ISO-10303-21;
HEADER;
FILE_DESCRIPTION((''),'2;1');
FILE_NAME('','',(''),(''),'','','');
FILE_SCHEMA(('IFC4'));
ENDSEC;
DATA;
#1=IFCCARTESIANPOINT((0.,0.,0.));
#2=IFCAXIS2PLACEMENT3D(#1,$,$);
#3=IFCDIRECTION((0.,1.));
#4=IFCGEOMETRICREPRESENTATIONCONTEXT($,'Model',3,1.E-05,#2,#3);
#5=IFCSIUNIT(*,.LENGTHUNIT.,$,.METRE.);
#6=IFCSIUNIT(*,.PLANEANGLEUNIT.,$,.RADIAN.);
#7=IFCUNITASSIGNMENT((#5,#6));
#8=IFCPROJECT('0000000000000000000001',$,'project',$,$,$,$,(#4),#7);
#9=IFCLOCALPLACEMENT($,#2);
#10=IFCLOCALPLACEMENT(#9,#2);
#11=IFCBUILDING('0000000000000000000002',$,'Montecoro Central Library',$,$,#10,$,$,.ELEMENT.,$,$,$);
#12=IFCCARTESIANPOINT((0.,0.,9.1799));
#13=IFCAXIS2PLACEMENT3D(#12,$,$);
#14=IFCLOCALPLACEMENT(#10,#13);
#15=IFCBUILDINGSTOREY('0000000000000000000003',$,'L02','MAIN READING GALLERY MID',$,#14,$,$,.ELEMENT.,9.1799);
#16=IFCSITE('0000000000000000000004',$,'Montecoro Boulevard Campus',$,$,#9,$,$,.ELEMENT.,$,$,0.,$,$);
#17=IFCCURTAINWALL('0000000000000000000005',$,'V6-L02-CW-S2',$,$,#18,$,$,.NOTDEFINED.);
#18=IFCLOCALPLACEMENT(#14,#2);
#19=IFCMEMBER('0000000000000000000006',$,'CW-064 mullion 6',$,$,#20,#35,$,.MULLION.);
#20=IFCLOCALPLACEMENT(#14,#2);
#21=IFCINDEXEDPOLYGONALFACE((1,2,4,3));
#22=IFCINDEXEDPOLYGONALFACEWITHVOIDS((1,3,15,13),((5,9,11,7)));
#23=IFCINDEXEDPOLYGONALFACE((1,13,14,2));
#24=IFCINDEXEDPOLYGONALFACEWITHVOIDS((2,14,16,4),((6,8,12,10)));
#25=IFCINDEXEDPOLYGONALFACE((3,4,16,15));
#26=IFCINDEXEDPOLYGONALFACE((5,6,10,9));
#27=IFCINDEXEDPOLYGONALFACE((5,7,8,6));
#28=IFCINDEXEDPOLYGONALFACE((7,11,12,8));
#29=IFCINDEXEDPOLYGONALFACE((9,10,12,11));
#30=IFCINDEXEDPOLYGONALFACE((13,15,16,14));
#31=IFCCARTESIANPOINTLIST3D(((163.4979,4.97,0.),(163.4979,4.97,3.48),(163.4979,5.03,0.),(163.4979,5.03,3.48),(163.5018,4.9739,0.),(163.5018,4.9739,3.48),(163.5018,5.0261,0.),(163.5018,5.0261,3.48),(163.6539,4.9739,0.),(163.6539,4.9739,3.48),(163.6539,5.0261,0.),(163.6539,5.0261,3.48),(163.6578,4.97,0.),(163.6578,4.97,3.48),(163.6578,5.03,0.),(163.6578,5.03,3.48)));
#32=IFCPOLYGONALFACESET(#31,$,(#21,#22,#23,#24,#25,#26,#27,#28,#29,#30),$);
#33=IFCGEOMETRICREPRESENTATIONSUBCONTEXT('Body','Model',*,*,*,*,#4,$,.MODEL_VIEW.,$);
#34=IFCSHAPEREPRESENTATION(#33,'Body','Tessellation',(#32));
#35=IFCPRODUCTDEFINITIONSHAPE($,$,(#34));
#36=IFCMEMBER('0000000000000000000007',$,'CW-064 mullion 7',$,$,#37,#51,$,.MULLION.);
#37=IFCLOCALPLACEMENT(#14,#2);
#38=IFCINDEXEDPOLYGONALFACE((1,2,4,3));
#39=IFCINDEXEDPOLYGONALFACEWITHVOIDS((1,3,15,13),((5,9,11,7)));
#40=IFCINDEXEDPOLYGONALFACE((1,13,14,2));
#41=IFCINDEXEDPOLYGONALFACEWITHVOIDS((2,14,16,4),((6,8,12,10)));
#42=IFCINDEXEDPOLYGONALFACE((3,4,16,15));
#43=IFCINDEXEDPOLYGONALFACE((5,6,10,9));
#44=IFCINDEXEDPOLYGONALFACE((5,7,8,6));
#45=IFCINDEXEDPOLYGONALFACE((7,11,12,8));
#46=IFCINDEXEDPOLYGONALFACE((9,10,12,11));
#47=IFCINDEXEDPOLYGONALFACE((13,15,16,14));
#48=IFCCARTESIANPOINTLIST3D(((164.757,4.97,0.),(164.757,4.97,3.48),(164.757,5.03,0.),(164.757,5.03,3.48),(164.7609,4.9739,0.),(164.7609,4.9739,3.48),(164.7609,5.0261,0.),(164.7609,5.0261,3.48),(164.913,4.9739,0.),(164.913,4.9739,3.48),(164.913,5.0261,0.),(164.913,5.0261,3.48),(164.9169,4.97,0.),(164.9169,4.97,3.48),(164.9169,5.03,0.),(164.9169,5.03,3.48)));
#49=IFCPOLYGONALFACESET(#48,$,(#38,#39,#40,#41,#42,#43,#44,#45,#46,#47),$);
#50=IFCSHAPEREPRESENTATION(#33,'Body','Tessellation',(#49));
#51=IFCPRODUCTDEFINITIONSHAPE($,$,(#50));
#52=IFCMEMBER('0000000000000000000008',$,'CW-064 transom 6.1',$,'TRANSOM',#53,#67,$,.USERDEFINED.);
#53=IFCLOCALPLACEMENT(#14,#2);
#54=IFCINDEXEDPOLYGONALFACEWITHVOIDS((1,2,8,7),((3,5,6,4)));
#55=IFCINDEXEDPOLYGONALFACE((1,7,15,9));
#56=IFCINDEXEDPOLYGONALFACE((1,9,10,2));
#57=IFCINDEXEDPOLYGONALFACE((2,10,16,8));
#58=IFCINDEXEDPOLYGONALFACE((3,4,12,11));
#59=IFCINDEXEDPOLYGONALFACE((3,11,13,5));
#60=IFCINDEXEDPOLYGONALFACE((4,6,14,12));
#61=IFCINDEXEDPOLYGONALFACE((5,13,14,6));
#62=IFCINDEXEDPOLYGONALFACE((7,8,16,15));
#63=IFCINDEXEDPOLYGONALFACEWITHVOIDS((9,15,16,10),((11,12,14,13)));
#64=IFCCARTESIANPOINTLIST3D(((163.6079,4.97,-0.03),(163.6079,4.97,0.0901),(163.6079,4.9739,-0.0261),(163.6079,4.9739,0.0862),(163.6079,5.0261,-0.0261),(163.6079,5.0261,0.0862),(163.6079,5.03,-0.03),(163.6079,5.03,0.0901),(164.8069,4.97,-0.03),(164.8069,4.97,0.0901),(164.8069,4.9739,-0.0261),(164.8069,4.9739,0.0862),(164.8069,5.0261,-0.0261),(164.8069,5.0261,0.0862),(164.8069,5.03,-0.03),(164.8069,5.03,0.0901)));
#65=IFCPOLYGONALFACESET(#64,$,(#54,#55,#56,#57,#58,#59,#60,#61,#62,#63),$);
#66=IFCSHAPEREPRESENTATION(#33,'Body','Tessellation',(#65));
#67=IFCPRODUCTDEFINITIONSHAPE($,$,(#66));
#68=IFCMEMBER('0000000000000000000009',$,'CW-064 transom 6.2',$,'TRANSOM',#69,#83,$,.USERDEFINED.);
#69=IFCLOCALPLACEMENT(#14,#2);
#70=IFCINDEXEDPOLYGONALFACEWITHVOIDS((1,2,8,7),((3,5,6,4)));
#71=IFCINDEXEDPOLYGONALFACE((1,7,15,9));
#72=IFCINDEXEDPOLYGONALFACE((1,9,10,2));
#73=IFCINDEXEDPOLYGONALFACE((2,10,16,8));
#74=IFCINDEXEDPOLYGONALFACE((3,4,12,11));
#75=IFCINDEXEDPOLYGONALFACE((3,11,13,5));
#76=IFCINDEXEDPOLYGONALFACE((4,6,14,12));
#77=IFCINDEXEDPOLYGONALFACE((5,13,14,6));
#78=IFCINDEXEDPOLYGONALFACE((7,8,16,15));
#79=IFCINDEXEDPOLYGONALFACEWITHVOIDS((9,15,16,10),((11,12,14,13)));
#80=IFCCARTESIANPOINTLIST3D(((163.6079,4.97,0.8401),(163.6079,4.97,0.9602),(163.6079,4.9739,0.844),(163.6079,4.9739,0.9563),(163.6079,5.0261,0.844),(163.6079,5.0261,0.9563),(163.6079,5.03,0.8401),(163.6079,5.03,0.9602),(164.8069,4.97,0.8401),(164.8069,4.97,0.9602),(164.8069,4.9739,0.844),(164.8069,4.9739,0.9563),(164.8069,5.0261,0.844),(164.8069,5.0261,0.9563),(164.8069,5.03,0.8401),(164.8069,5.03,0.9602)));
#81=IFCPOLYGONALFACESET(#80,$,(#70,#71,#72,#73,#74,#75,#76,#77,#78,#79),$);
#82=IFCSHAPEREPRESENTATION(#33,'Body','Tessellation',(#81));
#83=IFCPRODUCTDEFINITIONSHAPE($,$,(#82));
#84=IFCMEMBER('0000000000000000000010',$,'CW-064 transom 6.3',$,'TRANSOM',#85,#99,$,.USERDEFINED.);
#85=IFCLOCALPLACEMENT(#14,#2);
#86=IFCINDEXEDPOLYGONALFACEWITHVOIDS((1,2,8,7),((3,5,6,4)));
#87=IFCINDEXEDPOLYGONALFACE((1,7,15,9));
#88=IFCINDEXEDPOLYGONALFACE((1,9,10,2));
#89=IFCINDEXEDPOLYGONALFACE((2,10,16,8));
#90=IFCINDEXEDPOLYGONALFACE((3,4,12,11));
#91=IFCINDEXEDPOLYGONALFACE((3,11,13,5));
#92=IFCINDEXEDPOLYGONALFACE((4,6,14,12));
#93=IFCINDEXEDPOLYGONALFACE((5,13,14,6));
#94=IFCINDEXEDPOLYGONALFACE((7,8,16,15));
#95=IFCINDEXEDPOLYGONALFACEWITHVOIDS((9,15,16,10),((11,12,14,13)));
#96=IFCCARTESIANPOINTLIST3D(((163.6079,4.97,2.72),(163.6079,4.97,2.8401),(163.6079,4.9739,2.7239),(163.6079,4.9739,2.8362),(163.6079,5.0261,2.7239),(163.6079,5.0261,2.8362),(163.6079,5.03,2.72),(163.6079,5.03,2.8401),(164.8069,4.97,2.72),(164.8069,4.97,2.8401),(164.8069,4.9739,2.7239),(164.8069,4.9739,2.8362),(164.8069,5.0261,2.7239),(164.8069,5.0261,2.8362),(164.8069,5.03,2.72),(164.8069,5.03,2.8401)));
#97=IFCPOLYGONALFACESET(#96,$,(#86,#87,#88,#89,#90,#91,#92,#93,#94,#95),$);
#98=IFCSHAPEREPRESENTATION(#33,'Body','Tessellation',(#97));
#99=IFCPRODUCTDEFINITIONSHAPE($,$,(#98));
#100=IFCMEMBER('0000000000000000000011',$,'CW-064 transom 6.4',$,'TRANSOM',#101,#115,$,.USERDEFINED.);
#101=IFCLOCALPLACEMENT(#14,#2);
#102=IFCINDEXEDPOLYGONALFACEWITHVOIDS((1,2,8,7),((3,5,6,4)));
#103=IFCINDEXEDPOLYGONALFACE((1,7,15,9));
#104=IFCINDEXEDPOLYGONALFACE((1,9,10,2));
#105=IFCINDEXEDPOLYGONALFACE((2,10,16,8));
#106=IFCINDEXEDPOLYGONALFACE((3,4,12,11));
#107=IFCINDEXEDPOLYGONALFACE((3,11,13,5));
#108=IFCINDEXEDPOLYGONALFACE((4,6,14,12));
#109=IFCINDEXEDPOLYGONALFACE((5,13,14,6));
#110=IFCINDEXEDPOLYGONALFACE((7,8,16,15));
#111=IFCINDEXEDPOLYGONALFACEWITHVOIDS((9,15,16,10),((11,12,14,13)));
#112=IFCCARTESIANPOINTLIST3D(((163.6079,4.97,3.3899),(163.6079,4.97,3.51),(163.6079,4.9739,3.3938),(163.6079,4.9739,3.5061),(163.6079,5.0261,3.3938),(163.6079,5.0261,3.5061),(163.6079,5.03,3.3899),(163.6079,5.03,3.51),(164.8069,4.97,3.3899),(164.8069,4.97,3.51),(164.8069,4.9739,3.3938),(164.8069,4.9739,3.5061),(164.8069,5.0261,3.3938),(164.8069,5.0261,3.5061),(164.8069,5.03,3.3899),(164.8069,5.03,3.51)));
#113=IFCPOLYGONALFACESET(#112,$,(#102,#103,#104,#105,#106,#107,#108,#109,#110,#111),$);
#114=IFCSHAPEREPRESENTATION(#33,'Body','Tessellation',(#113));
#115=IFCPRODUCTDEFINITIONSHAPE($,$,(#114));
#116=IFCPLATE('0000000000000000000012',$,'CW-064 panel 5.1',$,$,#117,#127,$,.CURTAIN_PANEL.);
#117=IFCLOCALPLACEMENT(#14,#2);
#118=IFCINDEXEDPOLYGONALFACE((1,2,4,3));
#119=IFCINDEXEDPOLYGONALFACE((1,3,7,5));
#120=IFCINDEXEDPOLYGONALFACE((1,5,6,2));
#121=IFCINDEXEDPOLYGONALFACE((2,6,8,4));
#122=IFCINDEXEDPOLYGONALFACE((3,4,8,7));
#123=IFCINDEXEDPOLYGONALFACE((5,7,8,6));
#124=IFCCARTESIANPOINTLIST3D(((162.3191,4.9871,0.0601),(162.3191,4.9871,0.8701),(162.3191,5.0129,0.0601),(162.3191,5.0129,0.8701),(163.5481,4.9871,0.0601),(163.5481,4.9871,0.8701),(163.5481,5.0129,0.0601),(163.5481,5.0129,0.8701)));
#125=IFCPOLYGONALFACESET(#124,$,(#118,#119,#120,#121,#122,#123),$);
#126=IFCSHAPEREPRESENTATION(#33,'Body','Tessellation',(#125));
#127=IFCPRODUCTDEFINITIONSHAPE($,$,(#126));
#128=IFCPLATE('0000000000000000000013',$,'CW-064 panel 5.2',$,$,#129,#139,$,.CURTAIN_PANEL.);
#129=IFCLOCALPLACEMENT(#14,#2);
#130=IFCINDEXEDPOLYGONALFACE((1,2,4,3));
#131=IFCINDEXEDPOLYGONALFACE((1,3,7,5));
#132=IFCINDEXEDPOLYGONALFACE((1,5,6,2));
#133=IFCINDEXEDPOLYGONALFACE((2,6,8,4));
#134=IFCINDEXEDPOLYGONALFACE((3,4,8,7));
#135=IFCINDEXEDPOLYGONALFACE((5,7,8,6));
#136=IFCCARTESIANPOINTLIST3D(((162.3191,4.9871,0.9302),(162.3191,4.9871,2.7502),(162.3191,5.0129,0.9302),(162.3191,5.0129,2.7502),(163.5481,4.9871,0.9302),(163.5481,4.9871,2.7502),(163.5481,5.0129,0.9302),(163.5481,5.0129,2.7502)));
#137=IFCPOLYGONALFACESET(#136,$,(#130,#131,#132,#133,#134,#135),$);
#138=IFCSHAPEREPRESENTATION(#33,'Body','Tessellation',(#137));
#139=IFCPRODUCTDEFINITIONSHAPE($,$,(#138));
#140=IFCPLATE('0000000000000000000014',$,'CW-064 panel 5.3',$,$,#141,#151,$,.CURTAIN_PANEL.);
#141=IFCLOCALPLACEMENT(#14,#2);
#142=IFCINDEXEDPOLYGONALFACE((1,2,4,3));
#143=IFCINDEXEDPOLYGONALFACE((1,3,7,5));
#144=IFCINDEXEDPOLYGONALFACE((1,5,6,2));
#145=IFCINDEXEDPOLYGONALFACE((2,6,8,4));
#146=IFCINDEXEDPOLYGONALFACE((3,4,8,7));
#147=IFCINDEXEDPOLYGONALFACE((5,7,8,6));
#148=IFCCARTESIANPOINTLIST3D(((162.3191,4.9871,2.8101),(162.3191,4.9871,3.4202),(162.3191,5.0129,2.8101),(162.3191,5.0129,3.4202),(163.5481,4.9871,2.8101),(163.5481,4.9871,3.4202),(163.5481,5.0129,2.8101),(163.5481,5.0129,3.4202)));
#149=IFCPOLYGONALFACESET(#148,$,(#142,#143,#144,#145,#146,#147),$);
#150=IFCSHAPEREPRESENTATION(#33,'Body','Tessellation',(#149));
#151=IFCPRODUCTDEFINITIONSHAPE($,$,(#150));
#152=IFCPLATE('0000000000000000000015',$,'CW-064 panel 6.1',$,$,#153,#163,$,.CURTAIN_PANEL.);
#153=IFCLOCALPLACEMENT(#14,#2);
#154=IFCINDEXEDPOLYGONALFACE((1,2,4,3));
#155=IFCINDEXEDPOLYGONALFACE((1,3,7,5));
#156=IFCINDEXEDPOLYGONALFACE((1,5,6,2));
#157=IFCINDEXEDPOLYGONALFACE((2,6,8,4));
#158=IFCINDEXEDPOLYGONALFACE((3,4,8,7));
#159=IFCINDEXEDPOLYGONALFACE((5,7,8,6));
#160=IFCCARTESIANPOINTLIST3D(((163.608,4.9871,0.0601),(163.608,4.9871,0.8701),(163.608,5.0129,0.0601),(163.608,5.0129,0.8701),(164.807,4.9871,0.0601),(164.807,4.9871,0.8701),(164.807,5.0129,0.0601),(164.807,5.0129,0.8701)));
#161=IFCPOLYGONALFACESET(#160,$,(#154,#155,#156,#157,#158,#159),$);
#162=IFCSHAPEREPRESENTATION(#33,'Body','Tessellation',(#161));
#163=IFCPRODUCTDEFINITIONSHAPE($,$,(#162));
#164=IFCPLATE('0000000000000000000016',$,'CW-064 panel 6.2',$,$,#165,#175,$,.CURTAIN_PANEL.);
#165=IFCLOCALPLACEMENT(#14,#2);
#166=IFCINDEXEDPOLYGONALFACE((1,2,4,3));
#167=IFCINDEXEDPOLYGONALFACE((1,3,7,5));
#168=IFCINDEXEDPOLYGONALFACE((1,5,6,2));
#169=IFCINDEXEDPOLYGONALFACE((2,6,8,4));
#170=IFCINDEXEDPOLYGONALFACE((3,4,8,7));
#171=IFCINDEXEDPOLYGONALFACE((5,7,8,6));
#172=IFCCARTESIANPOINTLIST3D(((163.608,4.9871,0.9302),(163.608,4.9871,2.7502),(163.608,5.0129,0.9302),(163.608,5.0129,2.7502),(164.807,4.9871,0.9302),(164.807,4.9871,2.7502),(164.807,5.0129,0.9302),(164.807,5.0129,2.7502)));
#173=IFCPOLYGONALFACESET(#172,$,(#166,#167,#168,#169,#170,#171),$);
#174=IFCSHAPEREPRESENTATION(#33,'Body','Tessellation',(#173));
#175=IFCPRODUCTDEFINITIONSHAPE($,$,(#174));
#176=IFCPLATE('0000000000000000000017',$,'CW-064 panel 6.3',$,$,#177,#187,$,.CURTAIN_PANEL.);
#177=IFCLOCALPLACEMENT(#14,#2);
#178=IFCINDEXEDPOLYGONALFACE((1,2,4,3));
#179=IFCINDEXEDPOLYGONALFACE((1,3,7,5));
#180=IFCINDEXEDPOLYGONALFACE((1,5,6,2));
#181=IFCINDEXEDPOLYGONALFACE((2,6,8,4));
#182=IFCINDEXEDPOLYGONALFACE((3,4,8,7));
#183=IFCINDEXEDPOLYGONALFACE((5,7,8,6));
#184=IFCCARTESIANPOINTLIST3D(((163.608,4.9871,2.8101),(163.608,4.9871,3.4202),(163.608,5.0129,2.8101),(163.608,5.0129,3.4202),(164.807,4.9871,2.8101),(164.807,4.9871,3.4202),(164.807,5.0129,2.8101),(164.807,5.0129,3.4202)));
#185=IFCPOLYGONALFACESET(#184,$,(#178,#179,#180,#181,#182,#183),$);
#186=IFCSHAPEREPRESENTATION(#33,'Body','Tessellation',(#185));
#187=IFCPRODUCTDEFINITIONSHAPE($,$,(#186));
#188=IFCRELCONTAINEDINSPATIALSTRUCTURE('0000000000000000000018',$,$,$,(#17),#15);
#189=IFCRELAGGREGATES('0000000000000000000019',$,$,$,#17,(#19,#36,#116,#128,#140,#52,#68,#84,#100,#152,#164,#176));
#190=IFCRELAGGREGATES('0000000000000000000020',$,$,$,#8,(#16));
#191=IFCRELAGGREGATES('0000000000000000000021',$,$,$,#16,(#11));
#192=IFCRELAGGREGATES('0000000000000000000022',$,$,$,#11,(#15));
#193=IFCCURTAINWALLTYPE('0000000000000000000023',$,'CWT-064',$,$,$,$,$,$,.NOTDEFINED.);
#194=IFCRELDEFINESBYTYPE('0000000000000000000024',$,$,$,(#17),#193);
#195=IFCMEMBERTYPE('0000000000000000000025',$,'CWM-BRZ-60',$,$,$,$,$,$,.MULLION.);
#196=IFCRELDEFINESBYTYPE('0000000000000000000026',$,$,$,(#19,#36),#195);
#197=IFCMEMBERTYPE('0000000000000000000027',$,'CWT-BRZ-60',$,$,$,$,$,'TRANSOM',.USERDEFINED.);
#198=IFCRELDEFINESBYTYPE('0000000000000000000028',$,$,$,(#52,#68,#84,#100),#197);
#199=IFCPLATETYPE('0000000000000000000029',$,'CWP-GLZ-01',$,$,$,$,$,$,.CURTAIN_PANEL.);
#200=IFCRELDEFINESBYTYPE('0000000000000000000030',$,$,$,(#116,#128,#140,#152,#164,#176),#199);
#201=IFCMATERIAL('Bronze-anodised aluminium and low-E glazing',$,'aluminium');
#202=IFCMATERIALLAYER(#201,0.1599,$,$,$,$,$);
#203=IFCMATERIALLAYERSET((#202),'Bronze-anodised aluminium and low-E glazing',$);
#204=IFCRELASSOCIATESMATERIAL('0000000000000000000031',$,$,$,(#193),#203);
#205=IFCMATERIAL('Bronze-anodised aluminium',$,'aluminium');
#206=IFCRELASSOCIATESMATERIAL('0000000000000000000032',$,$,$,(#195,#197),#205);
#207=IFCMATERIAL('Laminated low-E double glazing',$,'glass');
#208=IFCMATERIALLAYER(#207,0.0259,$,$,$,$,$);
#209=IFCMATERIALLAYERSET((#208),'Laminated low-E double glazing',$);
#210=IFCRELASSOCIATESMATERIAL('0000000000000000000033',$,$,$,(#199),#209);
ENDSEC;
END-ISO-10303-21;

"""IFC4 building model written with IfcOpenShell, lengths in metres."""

from ifc_helpers import new_model, si_unit, direction, frame, origin, origin_2d, place, context, subcontext, project, spatial, rectangle, hollow_rectangle, extrude, material, layer, layer_set, material_profile, profile_set, type_object, element, aggregate, save


model = new_model("IFC4")

# Units and contexts
model_context = context("Model", 3, precision=1e-05, world=origin(), true_north=direction((0.0, 1.0)))
body_context = subcontext(model_context, "Body", "Model", "MODEL_VIEW")
ifc_project = project(units=[si_unit("LENGTHUNIT", "METRE"), si_unit("PLANEANGLEUNIT", "RADIAN")], contexts=[model_context])

# Site, building, storey
site_placement = place(None, origin())
site = spatial("IfcSite", under=ifc_project, at=site_placement, Name="Montecoro Boulevard Campus", CompositionType="ELEMENT", RefElevation=0.0)
building_placement = place(site_placement, origin())
building = spatial("IfcBuilding", under=site, at=building_placement, Name="Montecoro Central Library", CompositionType="ELEMENT")
storey_placement = place(building_placement, frame((0.0, 0.0, 9.1799)))
storey = spatial("IfcBuildingStorey", under=building, at=storey_placement, Name="L02", Description="MAIN READING GALLERY MID", CompositionType="ELEMENT", Elevation=9.1799)

# Curtain wall, members, plates
ifc_material_1 = material(Name="Bronze-anodised aluminium and low-E glazing", Category="aluminium")
ifc_layer_1 = layer(ifc_material_1, 0.1599)
ifc_layer_set_1 = layer_set([ifc_layer_1], Name="Bronze-anodised aluminium and low-E glazing")
curtain_wall_type = type_object("IfcCurtainWallType", Name="CWT-064", PredefinedType="NOTDEFINED", material=ifc_layer_set_1)
curtain_wall_placement = place(storey_placement, origin())
curtain_wall = element("IfcCurtainWall", 1, at=curtain_wall_placement, inside=storey, type_object=curtain_wall_type, Name="V6-L02-CW-S2", PredefinedType="NOTDEFINED")
ifc_material_2 = material(Name="Bronze-anodised aluminium", Category="aluminium")
ifc_material_profile_1 = material_profile(ifc_material_2, hollow_rectangle(XDim=0.0601, YDim=0.1599, WallThickness=0.0039, at=origin_2d()), Name="CWM 160x60x4.0")
ifc_profile_set_1 = profile_set([ifc_material_profile_1], Name="Bronze-anodised aluminium")
member_type_1 = type_object("IfcMemberType", Name="CWM-BRZ-60", PredefinedType="MULLION", material=ifc_profile_set_1)
member_1_placement = place(storey_placement, frame((163.5779, 5.0, 0.0), z_axis=(0.0, 0.0, 1.0), x_axis=(0.0, 1.0, 0.0)))
member_1 = element("IfcMember", 2, at=member_1_placement, type_object=member_type_1, Name="CW-064 mullion 6", PredefinedType="MULLION", context=body_context, shape_type="SweptSolid", body=[
    extrude(hollow_rectangle(XDim=0.0601, YDim=0.1599, WallThickness=0.0039, at=origin_2d()), origin(), (0.0, 0.0, 1.0), 3.48),
])
member_2_placement = place(storey_placement, frame((164.8369, 5.0, 0.0), z_axis=(0.0, 0.0, 1.0), x_axis=(0.0, 1.0, 0.0)))
member_2 = element("IfcMember", 3, at=member_2_placement, type_object=member_type_1, Name="CW-064 mullion 7", PredefinedType="MULLION", context=body_context, shape_type="SweptSolid", body=[
    extrude(hollow_rectangle(XDim=0.0601, YDim=0.1599, WallThickness=0.0039, at=origin_2d()), origin(), (0.0, 0.0, 1.0), 3.48),
])
ifc_material_profile_2 = material_profile(ifc_material_2, hollow_rectangle(XDim=0.0601, YDim=0.1201, WallThickness=0.0039, at=origin_2d()), Name="CWT 120x60x4.0")
ifc_profile_set_2 = profile_set([ifc_material_profile_2], Name="Bronze-anodised aluminium")
member_type_2 = type_object("IfcMemberType", Name="CWT-BRZ-60", ElementType="TRANSOM", PredefinedType="USERDEFINED", material=ifc_profile_set_2)
member_3_placement = place(storey_placement, frame((163.6079, 5.0, 0.03), z_axis=(1.0, 0.0, 0.0), x_axis=(0.0, 1.0, 0.0)))
member_3 = element("IfcMember", 4, at=member_3_placement, type_object=member_type_2, Name="CW-064 transom 6.1", ObjectType="TRANSOM", PredefinedType="USERDEFINED", context=body_context, shape_type="SweptSolid", body=[
    extrude(hollow_rectangle(XDim=0.0601, YDim=0.1201, WallThickness=0.0039, at=origin_2d()), origin(), (0.0, 0.0, 1.0), 1.199),
])
member_4_placement = place(storey_placement, frame((163.6079, 5.0, 0.9001), z_axis=(1.0, 0.0, 0.0), x_axis=(0.0, 1.0, 0.0)))
member_4 = element("IfcMember", 5, at=member_4_placement, type_object=member_type_2, Name="CW-064 transom 6.2", ObjectType="TRANSOM", PredefinedType="USERDEFINED", context=body_context, shape_type="SweptSolid", body=[
    extrude(hollow_rectangle(XDim=0.0601, YDim=0.1201, WallThickness=0.0039, at=origin_2d()), origin(), (0.0, 0.0, 1.0), 1.199),
])
member_5_placement = place(storey_placement, frame((163.6079, 5.0, 2.78), z_axis=(1.0, 0.0, 0.0), x_axis=(0.0, 1.0, 0.0)))
member_5 = element("IfcMember", 6, at=member_5_placement, type_object=member_type_2, Name="CW-064 transom 6.3", ObjectType="TRANSOM", PredefinedType="USERDEFINED", context=body_context, shape_type="SweptSolid", body=[
    extrude(hollow_rectangle(XDim=0.0601, YDim=0.1201, WallThickness=0.0039, at=origin_2d()), origin(), (0.0, 0.0, 1.0), 1.199),
])
member_6_placement = place(storey_placement, frame((163.6079, 5.0, 3.45), z_axis=(1.0, 0.0, 0.0), x_axis=(0.0, 1.0, 0.0)))
member_6 = element("IfcMember", 7, at=member_6_placement, type_object=member_type_2, Name="CW-064 transom 6.4", ObjectType="TRANSOM", PredefinedType="USERDEFINED", context=body_context, shape_type="SweptSolid", body=[
    extrude(hollow_rectangle(XDim=0.0601, YDim=0.1201, WallThickness=0.0039, at=origin_2d()), origin(), (0.0, 0.0, 1.0), 1.199),
])
ifc_material_3 = material(Name="Laminated low-E double glazing", Category="glass")
ifc_layer_2 = layer(ifc_material_3, 0.0259)
ifc_layer_set_2 = layer_set([ifc_layer_2], Name="Laminated low-E double glazing")
plate_type = type_object("IfcPlateType", Name="CWP-GLZ-01", PredefinedType="CURTAIN_PANEL", material=ifc_layer_set_2)
plate_1_placement = place(storey_placement, frame((162.9336, 5.0, 0.0601), z_axis=(0.0, 0.0, 1.0), x_axis=(1.0, 0.0, 0.0)))
plate_1 = element("IfcPlate", 8, at=plate_1_placement, type_object=plate_type, Name="CW-064 panel 5.1", PredefinedType="CURTAIN_PANEL", context=body_context, shape_type="SweptSolid", body=[
    extrude(rectangle(XDim=1.229, YDim=0.0259, at=origin_2d()), origin(), (0.0, 0.0, 1.0), 0.8101),
])
plate_2_placement = place(storey_placement, frame((162.9336, 5.0, 0.9302), z_axis=(0.0, 0.0, 1.0), x_axis=(1.0, 0.0, 0.0)))
plate_2 = element("IfcPlate", 9, at=plate_2_placement, type_object=plate_type, Name="CW-064 panel 5.2", PredefinedType="CURTAIN_PANEL", context=body_context, shape_type="SweptSolid", body=[
    extrude(rectangle(XDim=1.229, YDim=0.0259, at=origin_2d()), origin(), (0.0, 0.0, 1.0), 1.8201),
])
plate_3_placement = place(storey_placement, frame((162.9336, 5.0, 2.8101), z_axis=(0.0, 0.0, 1.0), x_axis=(1.0, 0.0, 0.0)))
plate_3 = element("IfcPlate", 10, at=plate_3_placement, type_object=plate_type, Name="CW-064 panel 5.3", PredefinedType="CURTAIN_PANEL", context=body_context, shape_type="SweptSolid", body=[
    extrude(rectangle(XDim=1.229, YDim=0.0259, at=origin_2d()), origin(), (0.0, 0.0, 1.0), 0.6101),
])
plate_4_placement = place(storey_placement, frame((164.2075, 5.0, 0.0601), z_axis=(0.0, 0.0, 1.0), x_axis=(1.0, 0.0, 0.0)))
plate_4 = element("IfcPlate", 11, at=plate_4_placement, type_object=plate_type, Name="CW-064 panel 6.1", PredefinedType="CURTAIN_PANEL", context=body_context, shape_type="SweptSolid", body=[
    extrude(rectangle(XDim=1.199, YDim=0.0259, at=origin_2d()), origin(), (0.0, 0.0, 1.0), 0.8101),
])
plate_5_placement = place(storey_placement, frame((164.2075, 5.0, 0.9302), z_axis=(0.0, 0.0, 1.0), x_axis=(1.0, 0.0, 0.0)))
plate_5 = element("IfcPlate", 12, at=plate_5_placement, type_object=plate_type, Name="CW-064 panel 6.2", PredefinedType="CURTAIN_PANEL", context=body_context, shape_type="SweptSolid", body=[
    extrude(rectangle(XDim=1.199, YDim=0.0259, at=origin_2d()), origin(), (0.0, 0.0, 1.0), 1.8201),
])
plate_6_placement = place(storey_placement, frame((164.2075, 5.0, 2.8101), z_axis=(0.0, 0.0, 1.0), x_axis=(1.0, 0.0, 0.0)))
plate_6 = element("IfcPlate", 13, at=plate_6_placement, type_object=plate_type, Name="CW-064 panel 6.3", PredefinedType="CURTAIN_PANEL", context=body_context, shape_type="SweptSolid", body=[
    extrude(rectangle(XDim=1.199, YDim=0.0259, at=origin_2d()), origin(), (0.0, 0.0, 1.0), 0.6101),
])
aggregate(curtain_wall, [member_1, member_2, plate_1, plate_2, plate_3, member_3, member_4, member_5, member_6, plate_4, plate_5, plate_6])

save(model, "model.ifc")
